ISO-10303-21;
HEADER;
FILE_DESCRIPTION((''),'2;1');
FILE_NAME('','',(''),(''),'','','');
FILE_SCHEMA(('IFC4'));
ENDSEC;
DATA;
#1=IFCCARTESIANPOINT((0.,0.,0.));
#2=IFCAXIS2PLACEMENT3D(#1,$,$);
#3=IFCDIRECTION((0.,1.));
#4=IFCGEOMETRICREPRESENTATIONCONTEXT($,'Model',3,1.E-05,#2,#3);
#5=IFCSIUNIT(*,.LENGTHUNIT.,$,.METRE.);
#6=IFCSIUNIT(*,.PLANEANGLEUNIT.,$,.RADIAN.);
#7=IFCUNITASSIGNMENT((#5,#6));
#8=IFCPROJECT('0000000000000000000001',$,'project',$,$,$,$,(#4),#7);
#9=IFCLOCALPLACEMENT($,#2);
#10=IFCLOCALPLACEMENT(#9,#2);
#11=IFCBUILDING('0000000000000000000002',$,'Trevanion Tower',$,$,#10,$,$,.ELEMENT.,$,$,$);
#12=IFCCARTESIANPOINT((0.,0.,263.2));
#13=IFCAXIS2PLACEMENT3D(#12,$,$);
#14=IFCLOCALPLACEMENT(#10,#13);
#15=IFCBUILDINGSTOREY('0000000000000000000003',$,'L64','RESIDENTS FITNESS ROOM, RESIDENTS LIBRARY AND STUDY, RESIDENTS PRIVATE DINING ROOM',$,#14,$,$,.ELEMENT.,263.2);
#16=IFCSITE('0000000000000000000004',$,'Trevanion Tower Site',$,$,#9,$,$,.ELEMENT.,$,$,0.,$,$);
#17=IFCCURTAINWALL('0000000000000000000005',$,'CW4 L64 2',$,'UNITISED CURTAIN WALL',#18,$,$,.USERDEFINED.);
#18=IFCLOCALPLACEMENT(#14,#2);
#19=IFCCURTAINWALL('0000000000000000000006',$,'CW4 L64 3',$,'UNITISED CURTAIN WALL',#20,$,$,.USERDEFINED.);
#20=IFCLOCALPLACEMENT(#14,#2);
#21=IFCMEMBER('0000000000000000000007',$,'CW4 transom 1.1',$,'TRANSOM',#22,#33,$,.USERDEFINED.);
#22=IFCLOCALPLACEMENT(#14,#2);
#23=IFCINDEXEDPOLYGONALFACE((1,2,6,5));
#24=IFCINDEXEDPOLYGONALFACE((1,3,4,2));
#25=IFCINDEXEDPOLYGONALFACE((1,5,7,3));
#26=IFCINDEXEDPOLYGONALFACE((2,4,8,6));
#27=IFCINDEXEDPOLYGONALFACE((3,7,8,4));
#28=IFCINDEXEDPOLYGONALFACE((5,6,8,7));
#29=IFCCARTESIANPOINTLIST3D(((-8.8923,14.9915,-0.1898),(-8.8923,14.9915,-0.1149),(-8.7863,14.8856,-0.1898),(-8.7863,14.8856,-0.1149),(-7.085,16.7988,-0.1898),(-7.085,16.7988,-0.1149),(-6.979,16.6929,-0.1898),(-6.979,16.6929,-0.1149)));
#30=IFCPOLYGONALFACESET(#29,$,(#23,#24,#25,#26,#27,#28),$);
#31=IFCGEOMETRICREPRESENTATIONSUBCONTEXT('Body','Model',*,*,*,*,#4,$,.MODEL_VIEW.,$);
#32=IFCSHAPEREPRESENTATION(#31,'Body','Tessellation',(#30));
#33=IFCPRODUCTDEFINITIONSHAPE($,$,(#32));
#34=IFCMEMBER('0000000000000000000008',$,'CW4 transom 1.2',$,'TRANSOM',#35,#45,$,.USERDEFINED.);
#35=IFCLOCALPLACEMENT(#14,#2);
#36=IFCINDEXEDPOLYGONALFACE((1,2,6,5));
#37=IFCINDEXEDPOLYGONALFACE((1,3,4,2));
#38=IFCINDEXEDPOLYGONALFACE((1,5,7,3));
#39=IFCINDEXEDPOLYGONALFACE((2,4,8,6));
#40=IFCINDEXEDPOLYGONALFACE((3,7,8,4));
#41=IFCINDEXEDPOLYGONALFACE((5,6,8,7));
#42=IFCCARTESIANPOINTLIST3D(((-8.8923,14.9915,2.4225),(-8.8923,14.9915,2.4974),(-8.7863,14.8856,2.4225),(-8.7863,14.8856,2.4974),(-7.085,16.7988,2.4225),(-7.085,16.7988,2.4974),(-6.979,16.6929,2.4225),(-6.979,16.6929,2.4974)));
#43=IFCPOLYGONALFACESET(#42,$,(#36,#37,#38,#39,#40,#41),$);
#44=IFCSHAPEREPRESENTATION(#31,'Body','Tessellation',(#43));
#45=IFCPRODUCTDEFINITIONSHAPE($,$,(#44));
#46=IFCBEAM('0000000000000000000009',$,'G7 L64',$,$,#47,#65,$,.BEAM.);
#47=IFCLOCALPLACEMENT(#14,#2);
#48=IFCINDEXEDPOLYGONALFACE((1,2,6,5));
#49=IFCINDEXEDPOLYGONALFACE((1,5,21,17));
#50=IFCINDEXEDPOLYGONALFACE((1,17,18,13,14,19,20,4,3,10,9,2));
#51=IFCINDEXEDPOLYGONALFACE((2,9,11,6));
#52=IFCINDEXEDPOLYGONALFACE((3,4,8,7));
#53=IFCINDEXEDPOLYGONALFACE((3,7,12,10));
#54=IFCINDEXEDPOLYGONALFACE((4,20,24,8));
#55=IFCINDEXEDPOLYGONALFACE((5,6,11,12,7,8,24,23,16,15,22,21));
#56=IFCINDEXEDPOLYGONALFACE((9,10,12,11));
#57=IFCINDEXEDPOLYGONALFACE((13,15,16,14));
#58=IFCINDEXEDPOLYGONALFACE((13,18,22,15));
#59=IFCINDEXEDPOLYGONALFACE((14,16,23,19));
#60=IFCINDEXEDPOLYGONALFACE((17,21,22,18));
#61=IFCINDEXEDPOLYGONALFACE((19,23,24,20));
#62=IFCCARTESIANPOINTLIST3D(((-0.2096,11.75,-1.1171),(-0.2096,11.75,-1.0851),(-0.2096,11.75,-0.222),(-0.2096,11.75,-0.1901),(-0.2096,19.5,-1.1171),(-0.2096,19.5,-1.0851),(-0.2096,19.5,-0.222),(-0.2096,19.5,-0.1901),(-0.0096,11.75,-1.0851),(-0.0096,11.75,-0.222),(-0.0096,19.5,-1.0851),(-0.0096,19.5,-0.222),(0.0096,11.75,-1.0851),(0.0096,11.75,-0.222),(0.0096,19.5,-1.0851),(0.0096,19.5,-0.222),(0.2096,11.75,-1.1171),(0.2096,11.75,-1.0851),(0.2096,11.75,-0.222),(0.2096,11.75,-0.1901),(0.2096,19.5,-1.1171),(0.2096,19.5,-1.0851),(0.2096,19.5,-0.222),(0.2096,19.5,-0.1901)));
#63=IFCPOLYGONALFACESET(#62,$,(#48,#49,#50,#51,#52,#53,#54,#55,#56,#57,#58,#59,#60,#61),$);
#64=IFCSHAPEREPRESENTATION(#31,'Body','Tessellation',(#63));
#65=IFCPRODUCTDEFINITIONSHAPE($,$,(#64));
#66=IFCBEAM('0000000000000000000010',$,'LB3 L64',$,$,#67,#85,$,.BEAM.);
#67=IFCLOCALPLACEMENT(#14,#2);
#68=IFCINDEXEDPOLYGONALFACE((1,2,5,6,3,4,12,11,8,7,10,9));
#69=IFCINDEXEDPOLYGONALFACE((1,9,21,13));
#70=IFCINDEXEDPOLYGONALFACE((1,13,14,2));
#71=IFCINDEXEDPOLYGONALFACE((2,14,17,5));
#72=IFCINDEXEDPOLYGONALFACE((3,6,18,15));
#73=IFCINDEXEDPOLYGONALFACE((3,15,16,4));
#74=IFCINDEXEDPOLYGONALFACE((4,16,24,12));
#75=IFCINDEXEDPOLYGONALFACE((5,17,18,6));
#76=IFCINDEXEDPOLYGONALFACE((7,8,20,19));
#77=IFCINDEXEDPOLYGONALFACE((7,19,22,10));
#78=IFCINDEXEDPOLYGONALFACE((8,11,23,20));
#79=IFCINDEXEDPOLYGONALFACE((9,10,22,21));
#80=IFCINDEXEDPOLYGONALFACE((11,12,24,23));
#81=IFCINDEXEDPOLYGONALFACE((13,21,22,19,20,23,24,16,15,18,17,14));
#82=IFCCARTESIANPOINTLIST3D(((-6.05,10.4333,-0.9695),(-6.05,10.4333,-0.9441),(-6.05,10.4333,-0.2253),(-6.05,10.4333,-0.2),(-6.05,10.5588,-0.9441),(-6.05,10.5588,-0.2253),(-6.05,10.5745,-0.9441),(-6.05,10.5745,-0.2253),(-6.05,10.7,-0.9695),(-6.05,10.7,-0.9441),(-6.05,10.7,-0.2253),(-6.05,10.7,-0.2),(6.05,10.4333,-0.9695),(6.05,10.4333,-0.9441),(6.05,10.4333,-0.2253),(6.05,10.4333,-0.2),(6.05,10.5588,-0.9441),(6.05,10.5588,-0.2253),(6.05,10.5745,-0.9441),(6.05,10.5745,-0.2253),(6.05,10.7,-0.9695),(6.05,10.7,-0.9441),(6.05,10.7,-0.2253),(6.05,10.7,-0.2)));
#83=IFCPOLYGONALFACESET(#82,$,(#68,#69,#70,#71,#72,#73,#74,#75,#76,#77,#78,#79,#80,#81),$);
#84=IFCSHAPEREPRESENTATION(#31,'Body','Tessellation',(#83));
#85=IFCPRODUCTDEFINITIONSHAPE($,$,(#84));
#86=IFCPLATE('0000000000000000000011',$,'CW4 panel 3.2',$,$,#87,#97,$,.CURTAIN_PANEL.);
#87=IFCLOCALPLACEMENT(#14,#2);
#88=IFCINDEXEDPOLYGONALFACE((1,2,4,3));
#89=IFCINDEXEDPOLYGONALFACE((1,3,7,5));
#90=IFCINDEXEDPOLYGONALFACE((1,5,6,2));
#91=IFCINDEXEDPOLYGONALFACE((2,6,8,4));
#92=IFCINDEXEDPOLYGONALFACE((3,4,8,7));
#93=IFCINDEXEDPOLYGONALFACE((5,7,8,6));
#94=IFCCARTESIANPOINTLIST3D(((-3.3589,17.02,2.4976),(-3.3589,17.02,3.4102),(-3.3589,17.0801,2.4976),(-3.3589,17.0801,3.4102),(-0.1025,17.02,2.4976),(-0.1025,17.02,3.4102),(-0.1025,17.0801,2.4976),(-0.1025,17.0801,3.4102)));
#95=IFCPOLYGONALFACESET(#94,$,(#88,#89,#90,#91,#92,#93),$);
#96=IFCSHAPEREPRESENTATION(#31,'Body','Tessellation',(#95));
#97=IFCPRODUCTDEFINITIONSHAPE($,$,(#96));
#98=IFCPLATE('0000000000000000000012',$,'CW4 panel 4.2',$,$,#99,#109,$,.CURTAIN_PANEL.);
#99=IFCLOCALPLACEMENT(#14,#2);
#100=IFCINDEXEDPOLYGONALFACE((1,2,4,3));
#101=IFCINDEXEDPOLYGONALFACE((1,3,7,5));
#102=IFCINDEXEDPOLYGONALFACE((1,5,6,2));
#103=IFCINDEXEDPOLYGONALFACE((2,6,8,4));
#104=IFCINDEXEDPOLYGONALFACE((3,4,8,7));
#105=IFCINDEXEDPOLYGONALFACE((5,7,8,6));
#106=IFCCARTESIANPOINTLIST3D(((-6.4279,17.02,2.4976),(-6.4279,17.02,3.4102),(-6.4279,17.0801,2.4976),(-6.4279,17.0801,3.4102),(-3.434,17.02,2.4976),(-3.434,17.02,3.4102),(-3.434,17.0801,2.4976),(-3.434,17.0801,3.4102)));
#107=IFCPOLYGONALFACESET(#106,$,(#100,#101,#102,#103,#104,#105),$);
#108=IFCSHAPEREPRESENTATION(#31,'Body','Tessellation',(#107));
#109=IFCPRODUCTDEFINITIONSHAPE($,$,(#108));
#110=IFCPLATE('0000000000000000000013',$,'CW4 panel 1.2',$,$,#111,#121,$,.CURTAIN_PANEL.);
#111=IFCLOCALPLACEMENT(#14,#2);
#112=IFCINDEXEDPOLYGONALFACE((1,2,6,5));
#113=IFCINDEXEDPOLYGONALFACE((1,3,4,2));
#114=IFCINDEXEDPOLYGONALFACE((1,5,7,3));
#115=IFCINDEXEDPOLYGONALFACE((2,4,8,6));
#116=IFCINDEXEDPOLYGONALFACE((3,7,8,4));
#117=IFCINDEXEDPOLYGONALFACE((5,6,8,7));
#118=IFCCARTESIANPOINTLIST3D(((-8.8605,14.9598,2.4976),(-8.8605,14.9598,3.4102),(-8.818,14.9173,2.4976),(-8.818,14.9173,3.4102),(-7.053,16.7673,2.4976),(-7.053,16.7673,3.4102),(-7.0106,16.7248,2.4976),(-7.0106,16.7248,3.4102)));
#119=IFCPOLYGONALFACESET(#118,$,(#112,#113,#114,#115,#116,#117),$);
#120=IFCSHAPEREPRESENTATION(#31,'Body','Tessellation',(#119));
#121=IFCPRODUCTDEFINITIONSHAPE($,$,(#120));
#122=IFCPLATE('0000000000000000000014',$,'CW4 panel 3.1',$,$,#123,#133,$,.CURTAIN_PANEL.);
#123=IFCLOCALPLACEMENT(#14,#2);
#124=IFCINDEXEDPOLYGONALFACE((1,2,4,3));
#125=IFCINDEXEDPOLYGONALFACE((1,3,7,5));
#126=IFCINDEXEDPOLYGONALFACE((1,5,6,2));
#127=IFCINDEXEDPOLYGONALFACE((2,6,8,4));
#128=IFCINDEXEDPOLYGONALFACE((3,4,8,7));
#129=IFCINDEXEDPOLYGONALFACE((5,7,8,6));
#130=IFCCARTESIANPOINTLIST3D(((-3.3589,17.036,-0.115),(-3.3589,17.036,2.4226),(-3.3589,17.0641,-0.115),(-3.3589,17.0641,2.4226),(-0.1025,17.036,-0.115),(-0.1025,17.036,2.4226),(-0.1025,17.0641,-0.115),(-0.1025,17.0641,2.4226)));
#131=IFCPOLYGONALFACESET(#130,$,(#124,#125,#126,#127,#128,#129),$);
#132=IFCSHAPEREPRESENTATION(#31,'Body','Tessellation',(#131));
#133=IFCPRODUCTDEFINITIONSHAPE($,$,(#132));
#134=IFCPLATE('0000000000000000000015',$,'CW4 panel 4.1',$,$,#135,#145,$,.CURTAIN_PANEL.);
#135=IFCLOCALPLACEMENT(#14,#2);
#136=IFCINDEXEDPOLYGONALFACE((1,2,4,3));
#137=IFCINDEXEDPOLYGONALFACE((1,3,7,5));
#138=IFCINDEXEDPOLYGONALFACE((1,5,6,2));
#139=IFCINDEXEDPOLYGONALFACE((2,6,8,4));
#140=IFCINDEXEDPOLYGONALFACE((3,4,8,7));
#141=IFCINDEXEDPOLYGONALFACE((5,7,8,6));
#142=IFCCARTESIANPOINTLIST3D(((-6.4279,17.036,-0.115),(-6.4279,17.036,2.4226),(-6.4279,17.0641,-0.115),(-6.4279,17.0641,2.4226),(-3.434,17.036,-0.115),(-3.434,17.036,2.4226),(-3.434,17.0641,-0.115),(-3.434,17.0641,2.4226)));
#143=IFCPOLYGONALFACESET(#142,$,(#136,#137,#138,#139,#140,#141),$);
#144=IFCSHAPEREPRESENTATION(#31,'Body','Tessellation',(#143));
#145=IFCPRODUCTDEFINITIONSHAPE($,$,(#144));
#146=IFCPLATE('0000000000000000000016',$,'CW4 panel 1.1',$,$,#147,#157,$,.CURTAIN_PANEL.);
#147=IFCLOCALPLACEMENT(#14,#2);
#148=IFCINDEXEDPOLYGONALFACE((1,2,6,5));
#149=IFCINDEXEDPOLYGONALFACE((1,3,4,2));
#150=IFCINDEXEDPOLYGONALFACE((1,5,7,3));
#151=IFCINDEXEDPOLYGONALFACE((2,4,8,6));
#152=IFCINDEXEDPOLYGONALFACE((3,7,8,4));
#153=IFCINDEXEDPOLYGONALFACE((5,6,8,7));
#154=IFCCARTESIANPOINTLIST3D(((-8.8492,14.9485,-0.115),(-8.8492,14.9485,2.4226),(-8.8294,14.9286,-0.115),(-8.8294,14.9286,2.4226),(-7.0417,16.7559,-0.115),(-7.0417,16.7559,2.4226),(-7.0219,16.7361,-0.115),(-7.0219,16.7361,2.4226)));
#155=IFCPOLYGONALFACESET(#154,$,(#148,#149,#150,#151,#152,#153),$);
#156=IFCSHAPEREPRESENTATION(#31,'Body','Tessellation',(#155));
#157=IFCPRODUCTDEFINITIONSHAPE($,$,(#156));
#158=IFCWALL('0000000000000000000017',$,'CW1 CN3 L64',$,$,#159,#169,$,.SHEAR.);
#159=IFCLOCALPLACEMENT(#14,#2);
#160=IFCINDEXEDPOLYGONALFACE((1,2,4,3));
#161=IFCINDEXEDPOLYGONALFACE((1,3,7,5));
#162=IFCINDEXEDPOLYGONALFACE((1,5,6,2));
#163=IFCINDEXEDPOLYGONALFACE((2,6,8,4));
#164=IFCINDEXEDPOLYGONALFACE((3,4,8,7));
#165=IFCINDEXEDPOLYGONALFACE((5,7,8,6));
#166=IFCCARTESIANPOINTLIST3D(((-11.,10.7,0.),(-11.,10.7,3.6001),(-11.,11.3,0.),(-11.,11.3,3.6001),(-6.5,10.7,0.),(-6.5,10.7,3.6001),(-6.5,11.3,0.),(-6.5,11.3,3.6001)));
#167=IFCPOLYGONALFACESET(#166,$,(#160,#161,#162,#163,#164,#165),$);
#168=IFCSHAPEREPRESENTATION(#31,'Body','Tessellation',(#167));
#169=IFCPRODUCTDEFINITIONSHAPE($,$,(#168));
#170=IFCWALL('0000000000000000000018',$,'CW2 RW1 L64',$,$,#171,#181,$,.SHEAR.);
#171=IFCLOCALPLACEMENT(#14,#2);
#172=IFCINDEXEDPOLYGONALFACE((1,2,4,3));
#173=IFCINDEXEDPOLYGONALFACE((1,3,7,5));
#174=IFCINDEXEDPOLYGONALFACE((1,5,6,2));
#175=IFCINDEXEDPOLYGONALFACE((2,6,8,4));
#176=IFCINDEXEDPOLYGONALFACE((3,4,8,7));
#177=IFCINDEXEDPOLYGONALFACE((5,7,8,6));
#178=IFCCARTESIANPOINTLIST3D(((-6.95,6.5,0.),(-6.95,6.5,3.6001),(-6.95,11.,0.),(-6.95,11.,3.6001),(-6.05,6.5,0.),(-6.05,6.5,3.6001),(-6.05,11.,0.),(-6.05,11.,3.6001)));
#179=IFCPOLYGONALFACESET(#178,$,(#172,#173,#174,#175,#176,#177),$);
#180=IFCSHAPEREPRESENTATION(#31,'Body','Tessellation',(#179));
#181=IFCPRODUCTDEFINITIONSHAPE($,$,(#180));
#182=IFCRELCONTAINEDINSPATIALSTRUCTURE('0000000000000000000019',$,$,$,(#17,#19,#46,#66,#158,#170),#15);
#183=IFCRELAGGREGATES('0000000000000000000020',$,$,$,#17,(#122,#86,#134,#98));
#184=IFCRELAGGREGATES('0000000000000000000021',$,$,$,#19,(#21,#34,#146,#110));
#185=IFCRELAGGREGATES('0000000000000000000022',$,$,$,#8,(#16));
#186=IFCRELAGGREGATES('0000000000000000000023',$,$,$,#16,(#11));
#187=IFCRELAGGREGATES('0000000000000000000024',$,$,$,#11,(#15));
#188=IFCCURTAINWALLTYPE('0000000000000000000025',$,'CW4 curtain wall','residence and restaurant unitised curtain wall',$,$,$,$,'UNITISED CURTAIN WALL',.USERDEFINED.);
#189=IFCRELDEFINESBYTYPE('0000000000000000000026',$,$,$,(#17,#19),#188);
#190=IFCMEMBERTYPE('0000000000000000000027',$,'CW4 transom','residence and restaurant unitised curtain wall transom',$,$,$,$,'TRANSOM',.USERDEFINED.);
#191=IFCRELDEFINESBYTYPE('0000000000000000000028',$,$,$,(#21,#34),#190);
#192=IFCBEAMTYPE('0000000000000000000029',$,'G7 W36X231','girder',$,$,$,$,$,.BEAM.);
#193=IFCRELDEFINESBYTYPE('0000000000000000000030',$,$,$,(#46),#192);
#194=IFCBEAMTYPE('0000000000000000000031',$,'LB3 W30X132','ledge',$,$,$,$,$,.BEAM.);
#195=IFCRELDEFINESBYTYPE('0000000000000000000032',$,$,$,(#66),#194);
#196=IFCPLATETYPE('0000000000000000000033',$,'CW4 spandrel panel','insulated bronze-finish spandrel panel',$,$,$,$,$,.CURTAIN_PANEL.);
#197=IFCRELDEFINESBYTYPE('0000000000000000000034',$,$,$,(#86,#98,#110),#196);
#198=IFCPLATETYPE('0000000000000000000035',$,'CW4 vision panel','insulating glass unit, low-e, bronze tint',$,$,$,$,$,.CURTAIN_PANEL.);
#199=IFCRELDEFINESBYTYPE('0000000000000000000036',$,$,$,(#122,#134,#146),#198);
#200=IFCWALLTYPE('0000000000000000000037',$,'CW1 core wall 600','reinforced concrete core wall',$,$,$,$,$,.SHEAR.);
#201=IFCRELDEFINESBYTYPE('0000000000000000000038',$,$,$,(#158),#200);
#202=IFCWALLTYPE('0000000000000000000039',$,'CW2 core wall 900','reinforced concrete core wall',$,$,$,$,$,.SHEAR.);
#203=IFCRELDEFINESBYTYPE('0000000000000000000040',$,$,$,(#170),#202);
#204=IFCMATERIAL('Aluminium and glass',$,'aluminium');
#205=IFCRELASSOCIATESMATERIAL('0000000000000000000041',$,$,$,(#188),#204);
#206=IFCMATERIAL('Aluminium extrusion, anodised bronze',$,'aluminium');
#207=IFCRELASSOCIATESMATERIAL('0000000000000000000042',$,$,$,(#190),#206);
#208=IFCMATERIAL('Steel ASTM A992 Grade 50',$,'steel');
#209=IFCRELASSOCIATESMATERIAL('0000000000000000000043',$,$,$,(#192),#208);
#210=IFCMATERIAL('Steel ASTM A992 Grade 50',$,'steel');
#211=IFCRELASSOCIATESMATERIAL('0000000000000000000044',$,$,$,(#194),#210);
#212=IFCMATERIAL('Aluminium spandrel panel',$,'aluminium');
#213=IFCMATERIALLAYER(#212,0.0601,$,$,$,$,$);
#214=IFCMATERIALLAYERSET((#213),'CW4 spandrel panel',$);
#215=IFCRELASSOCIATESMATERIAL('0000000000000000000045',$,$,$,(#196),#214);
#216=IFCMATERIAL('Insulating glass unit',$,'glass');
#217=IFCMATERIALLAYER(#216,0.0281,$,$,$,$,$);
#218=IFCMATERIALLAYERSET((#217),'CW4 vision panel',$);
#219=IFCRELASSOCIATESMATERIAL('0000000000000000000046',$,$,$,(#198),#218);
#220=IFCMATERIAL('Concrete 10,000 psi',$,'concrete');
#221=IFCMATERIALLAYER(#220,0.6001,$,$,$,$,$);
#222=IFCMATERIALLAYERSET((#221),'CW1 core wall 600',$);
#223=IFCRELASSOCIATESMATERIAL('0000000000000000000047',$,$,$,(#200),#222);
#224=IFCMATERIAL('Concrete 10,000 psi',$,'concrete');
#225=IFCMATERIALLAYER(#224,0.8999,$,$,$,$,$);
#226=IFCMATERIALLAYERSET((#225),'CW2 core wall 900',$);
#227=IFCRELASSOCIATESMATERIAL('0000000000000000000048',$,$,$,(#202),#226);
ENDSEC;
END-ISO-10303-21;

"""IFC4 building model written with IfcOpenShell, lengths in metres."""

from ifc_helpers import new_model, si_unit, direction, frame, frame_2d, origin, origin_2d, place, context, subcontext, project, spatial, rectangle, i_section, extrude, material, layer, layer_set, material_profile, profile_set, type_object, element, aggregate, save


model = new_model("IFC4")

# Units and contexts
model_context = context("Model", 3, precision=1e-05, world=origin(), true_north=direction((0.0, 1.0)))
body_context = subcontext(model_context, "Body", "Model", "MODEL_VIEW")
ifc_project = project(units=[si_unit("LENGTHUNIT", "METRE"), si_unit("PLANEANGLEUNIT", "RADIAN")], contexts=[model_context])

# Site, building, storey
site_placement = place(None, origin())
site = spatial("IfcSite", under=ifc_project, at=site_placement, Name="Trevanion Tower Site", CompositionType="ELEMENT", RefElevation=0.0)
building_placement = place(site_placement, origin())
building = spatial("IfcBuilding", under=site, at=building_placement, Name="Trevanion Tower", CompositionType="ELEMENT")
storey_placement = place(building_placement, frame((0.0, 0.0, 263.2)))
storey = spatial("IfcBuildingStorey", under=building, at=storey_placement, Name="L64", Description="RESIDENTS FITNESS ROOM, RESIDENTS LIBRARY AND STUDY, RESIDENTS PRIVATE DINING ROOM", CompositionType="ELEMENT", Elevation=263.2)

# Curtain wall
ifc_material_1 = material(Name="Aluminium and glass", Category="aluminium")
curtain_wall_type = type_object("IfcCurtainWallType", Name="CW4 curtain wall", Description="residence and restaurant unitised curtain wall", ElementType="UNITISED CURTAIN WALL", PredefinedType="USERDEFINED", material=ifc_material_1)
curtain_wall_1_placement = place(storey_placement, origin())
curtain_wall_1 = element("IfcCurtainWall", 1, at=curtain_wall_1_placement, inside=storey, type_object=curtain_wall_type, Name="CW4 L64 2", ObjectType="UNITISED CURTAIN WALL", PredefinedType="USERDEFINED")

# Curtain wall
curtain_wall_2_placement = place(storey_placement, origin())
curtain_wall_2 = element("IfcCurtainWall", 2, at=curtain_wall_2_placement, inside=storey, type_object=curtain_wall_type, Name="CW4 L64 3", ObjectType="UNITISED CURTAIN WALL", PredefinedType="USERDEFINED")

# Members
ifc_material_2 = material(Name="Aluminium extrusion, anodised bronze", Category="aluminium")
ifc_material_profile_1 = material_profile(ifc_material_2, rectangle(XDim=0.1499, YDim=0.075, at=origin_2d()), Name="CW4 transom")
ifc_profile_set_1 = profile_set([ifc_material_profile_1], Name="Aluminium extrusion, anodised bronze")
member_type_1 = type_object("IfcMemberType", Name="CW4 transom", Description="residence and restaurant unitised curtain wall transom", ElementType="TRANSOM", PredefinedType="USERDEFINED", material=ifc_profile_set_1)
member_1_placement = place(storey_placement, frame((-7.032, 16.7458, -0.1523), z_axis=(-0.707107, -0.707107, 0.0), x_axis=(0.707107, -0.707107, 0.0)))
member_1 = element("IfcMember", 3, at=member_1_placement, type_object=member_type_1, Name="CW4 transom 1.1", ObjectType="TRANSOM", PredefinedType="USERDEFINED", context=body_context, shape_type="SweptSolid", body=[
    extrude(rectangle(XDim=0.1499, YDim=0.075, at=origin_2d()), origin(), (0.0, 0.0, 1.0), 2.5559),
])
member_2_placement = place(storey_placement, frame((-7.032, 16.7458, 2.46), z_axis=(-0.707107, -0.707107, 0.0), x_axis=(0.707107, -0.707107, 0.0)))
member_2 = element("IfcMember", 4, at=member_2_placement, type_object=member_type_1, Name="CW4 transom 1.2", ObjectType="TRANSOM", PredefinedType="USERDEFINED", context=body_context, shape_type="SweptSolid", body=[
    extrude(rectangle(XDim=0.1499, YDim=0.075, at=origin_2d()), origin(), (0.0, 0.0, 1.0), 2.5559),
])

# Beams
ifc_material_3 = material(Name="Steel ASTM A992 Grade 50", Category="steel")
ifc_material_profile_2 = material_profile(ifc_material_3, i_section(OverallWidth=0.4192, OverallDepth=0.927, WebThickness=0.0193, FlangeThickness=0.032, at=origin_2d()), Name="W36X231")
ifc_profile_set_2 = profile_set([ifc_material_profile_2], Name="Steel ASTM A992 Grade 50")
beam_type_1 = type_object("IfcBeamType", Name="G7 W36X231", Description="girder", PredefinedType="BEAM", material=ifc_profile_set_2)
beam_1_placement = place(storey_placement, frame((0.0, 11.75, -0.6536), z_axis=(0.0, 1.0, 0.0), x_axis=(-1.0, 0.0, 0.0)))
element("IfcBeam", 5, at=beam_1_placement, inside=storey, type_object=beam_type_1, Name="G7 L64", PredefinedType="BEAM", context=body_context, shape_type="SweptSolid", body=[
    extrude(i_section(OverallWidth=0.4192, OverallDepth=0.927, WebThickness=0.0193, FlangeThickness=0.032, at=origin_2d()), origin(), (0.0, 0.0, 1.0), 7.75),
])
ifc_material_4 = material(Name="Steel ASTM A992 Grade 50", Category="steel")
ifc_material_profile_3 = material_profile(ifc_material_4, i_section(OverallWidth=0.2666, OverallDepth=0.7695, WebThickness=0.0156, FlangeThickness=0.0254, at=origin_2d()), Name="W30X132")
ifc_profile_set_3 = profile_set([ifc_material_profile_3], Name="Steel ASTM A992 Grade 50")
beam_type_2 = type_object("IfcBeamType", Name="LB3 W30X132", Description="ledge", PredefinedType="BEAM", material=ifc_profile_set_3)
beam_2_placement = place(storey_placement, frame((-6.05, 10.5667, -0.5847), z_axis=(1.0, 0.0, 0.0), x_axis=(0.0, 1.0, 0.0)))
element("IfcBeam", 6, at=beam_2_placement, inside=storey, type_object=beam_type_2, Name="LB3 L64", PredefinedType="BEAM", context=body_context, shape_type="SweptSolid", body=[
    extrude(i_section(OverallWidth=0.2666, OverallDepth=0.7695, WebThickness=0.0156, FlangeThickness=0.0254, at=origin_2d()), origin(), (0.0, 0.0, 1.0), 12.1001),
])

# Plates
ifc_material_5 = material(Name="Aluminium spandrel panel", Category="aluminium")
ifc_layer_1 = layer(ifc_material_5, 0.0601)
ifc_layer_set_1 = layer_set([ifc_layer_1], Name="CW4 spandrel panel")
plate_type_1 = type_object("IfcPlateType", Name="CW4 spandrel panel", Description="insulated bronze-finish spandrel panel", PredefinedType="CURTAIN_PANEL", material=ifc_layer_set_1)
plate_1_placement = place(storey_placement, frame((-1.7307, 17.05, 2.4976), z_axis=(0.0, 0.0, 1.0), x_axis=(-1.0, 0.0, 0.0)))
plate_1 = element("IfcPlate", 7, at=plate_1_placement, type_object=plate_type_1, Name="CW4 panel 3.2", PredefinedType="CURTAIN_PANEL", context=body_context, shape_type="SweptSolid", body=[
    extrude(rectangle(XDim=3.2563, YDim=0.0601, at=origin_2d()), origin(), (0.0, 0.0, 1.0), 0.9126),
])
plate_2_placement = place(storey_placement, frame((-4.9309, 17.05, 2.4976), z_axis=(0.0, 0.0, 1.0), x_axis=(-1.0, 0.0, 0.0)))
plate_2 = element("IfcPlate", 8, at=plate_2_placement, type_object=plate_type_1, Name="CW4 panel 4.2", PredefinedType="CURTAIN_PANEL", context=body_context, shape_type="SweptSolid", body=[
    extrude(rectangle(XDim=2.9939, YDim=0.0601, at=origin_2d()), origin(), (0.0, 0.0, 1.0), 0.9126),
])
plate_3_placement = place(storey_placement, frame((-7.9355, 15.8423, 2.4976), z_axis=(0.0, 0.0, 1.0), x_axis=(-0.707107, -0.707107, 0.0)))
plate_3 = element("IfcPlate", 9, at=plate_3_placement, type_object=plate_type_1, Name="CW4 panel 1.2", PredefinedType="CURTAIN_PANEL", context=body_context, shape_type="SweptSolid", body=[
    extrude(rectangle(XDim=2.5562, YDim=0.0601, at=origin_2d()), origin(), (0.0, 0.0, 1.0), 0.9126),
])
ifc_material_6 = material(Name="Insulating glass unit", Category="glass")
ifc_layer_2 = layer(ifc_material_6, 0.0281)
ifc_layer_set_2 = layer_set([ifc_layer_2], Name="CW4 vision panel")
plate_type_2 = type_object("IfcPlateType", Name="CW4 vision panel", Description="insulating glass unit, low-e, bronze tint", PredefinedType="CURTAIN_PANEL", material=ifc_layer_set_2)
plate_4_placement = place(storey_placement, frame((-1.7307, 17.05, -0.115), z_axis=(0.0, 0.0, 1.0), x_axis=(-1.0, 0.0, 0.0)))
plate_4 = element("IfcPlate", 10, at=plate_4_placement, type_object=plate_type_2, Name="CW4 panel 3.1", PredefinedType="CURTAIN_PANEL", context=body_context, shape_type="SweptSolid", body=[
    extrude(rectangle(XDim=3.2563, YDim=0.0281, at=origin_2d()), origin(), (0.0, 0.0, 1.0), 2.5376),
])
plate_5_placement = place(storey_placement, frame((-4.9309, 17.05, -0.115), z_axis=(0.0, 0.0, 1.0), x_axis=(-1.0, 0.0, 0.0)))
plate_5 = element("IfcPlate", 11, at=plate_5_placement, type_object=plate_type_2, Name="CW4 panel 4.1", PredefinedType="CURTAIN_PANEL", context=body_context, shape_type="SweptSolid", body=[
    extrude(rectangle(XDim=2.9939, YDim=0.0281, at=origin_2d()), origin(), (0.0, 0.0, 1.0), 2.5376),
])
aggregate(curtain_wall_1, [plate_4, plate_1, plate_5, plate_2])
plate_6_placement = place(storey_placement, frame((-7.9355, 15.8423, -0.115), z_axis=(0.0, 0.0, 1.0), x_axis=(-0.707107, -0.707107, 0.0)))
plate_6 = element("IfcPlate", 12, at=plate_6_placement, type_object=plate_type_2, Name="CW4 panel 1.1", PredefinedType="CURTAIN_PANEL", context=body_context, shape_type="SweptSolid", body=[
    extrude(rectangle(XDim=2.5562, YDim=0.0281, at=origin_2d()), origin(), (0.0, 0.0, 1.0), 2.5376),
])
aggregate(curtain_wall_2, [member_1, member_2, plate_6, plate_3])

# Walls
ifc_material_7 = material(Name="Concrete 10,000 psi", Category="concrete")
ifc_layer_3 = layer(ifc_material_7, 0.6001)
ifc_layer_set_3 = layer_set([ifc_layer_3], Name="CW1 core wall 600")
wall_type_1 = type_object("IfcWallType", Name="CW1 core wall 600", Description="reinforced concrete core wall", PredefinedType="SHEAR", material=ifc_layer_set_3)
wall_1_placement = place(storey_placement, frame((-6.5, 11.0, 0.0), z_axis=(0.0, 0.0, 1.0), x_axis=(-1.0, 0.0, 0.0)))
element("IfcWall", 13, at=wall_1_placement, inside=storey, type_object=wall_type_1, Name="CW1 CN3 L64", PredefinedType="SHEAR", context=body_context, shape_type="SweptSolid", body=[
    extrude(rectangle(XDim=4.5, YDim=0.6001, at=frame_2d((2.25, 0.0))), origin(), (0.0, 0.0, 1.0), 3.6001),
])
ifc_material_8 = material(Name="Concrete 10,000 psi", Category="concrete")
ifc_layer_4 = layer(ifc_material_8, 0.8999)
ifc_layer_set_4 = layer_set([ifc_layer_4], Name="CW2 core wall 900")
wall_type_2 = type_object("IfcWallType", Name="CW2 core wall 900", Description="reinforced concrete core wall", PredefinedType="SHEAR", material=ifc_layer_set_4)
wall_2_placement = place(storey_placement, frame((-6.5, 11.0, 0.0), z_axis=(0.0, 0.0, 1.0), x_axis=(0.0, -1.0, 0.0)))
element("IfcWall", 14, at=wall_2_placement, inside=storey, type_object=wall_type_2, Name="CW2 RW1 L64", PredefinedType="SHEAR", context=body_context, shape_type="SweptSolid", body=[
    extrude(rectangle(XDim=4.5, YDim=0.8999, at=frame_2d((2.25, 0.0))), origin(), (0.0, 0.0, 1.0), 3.6001),
])

save(model, "model.ifc")
